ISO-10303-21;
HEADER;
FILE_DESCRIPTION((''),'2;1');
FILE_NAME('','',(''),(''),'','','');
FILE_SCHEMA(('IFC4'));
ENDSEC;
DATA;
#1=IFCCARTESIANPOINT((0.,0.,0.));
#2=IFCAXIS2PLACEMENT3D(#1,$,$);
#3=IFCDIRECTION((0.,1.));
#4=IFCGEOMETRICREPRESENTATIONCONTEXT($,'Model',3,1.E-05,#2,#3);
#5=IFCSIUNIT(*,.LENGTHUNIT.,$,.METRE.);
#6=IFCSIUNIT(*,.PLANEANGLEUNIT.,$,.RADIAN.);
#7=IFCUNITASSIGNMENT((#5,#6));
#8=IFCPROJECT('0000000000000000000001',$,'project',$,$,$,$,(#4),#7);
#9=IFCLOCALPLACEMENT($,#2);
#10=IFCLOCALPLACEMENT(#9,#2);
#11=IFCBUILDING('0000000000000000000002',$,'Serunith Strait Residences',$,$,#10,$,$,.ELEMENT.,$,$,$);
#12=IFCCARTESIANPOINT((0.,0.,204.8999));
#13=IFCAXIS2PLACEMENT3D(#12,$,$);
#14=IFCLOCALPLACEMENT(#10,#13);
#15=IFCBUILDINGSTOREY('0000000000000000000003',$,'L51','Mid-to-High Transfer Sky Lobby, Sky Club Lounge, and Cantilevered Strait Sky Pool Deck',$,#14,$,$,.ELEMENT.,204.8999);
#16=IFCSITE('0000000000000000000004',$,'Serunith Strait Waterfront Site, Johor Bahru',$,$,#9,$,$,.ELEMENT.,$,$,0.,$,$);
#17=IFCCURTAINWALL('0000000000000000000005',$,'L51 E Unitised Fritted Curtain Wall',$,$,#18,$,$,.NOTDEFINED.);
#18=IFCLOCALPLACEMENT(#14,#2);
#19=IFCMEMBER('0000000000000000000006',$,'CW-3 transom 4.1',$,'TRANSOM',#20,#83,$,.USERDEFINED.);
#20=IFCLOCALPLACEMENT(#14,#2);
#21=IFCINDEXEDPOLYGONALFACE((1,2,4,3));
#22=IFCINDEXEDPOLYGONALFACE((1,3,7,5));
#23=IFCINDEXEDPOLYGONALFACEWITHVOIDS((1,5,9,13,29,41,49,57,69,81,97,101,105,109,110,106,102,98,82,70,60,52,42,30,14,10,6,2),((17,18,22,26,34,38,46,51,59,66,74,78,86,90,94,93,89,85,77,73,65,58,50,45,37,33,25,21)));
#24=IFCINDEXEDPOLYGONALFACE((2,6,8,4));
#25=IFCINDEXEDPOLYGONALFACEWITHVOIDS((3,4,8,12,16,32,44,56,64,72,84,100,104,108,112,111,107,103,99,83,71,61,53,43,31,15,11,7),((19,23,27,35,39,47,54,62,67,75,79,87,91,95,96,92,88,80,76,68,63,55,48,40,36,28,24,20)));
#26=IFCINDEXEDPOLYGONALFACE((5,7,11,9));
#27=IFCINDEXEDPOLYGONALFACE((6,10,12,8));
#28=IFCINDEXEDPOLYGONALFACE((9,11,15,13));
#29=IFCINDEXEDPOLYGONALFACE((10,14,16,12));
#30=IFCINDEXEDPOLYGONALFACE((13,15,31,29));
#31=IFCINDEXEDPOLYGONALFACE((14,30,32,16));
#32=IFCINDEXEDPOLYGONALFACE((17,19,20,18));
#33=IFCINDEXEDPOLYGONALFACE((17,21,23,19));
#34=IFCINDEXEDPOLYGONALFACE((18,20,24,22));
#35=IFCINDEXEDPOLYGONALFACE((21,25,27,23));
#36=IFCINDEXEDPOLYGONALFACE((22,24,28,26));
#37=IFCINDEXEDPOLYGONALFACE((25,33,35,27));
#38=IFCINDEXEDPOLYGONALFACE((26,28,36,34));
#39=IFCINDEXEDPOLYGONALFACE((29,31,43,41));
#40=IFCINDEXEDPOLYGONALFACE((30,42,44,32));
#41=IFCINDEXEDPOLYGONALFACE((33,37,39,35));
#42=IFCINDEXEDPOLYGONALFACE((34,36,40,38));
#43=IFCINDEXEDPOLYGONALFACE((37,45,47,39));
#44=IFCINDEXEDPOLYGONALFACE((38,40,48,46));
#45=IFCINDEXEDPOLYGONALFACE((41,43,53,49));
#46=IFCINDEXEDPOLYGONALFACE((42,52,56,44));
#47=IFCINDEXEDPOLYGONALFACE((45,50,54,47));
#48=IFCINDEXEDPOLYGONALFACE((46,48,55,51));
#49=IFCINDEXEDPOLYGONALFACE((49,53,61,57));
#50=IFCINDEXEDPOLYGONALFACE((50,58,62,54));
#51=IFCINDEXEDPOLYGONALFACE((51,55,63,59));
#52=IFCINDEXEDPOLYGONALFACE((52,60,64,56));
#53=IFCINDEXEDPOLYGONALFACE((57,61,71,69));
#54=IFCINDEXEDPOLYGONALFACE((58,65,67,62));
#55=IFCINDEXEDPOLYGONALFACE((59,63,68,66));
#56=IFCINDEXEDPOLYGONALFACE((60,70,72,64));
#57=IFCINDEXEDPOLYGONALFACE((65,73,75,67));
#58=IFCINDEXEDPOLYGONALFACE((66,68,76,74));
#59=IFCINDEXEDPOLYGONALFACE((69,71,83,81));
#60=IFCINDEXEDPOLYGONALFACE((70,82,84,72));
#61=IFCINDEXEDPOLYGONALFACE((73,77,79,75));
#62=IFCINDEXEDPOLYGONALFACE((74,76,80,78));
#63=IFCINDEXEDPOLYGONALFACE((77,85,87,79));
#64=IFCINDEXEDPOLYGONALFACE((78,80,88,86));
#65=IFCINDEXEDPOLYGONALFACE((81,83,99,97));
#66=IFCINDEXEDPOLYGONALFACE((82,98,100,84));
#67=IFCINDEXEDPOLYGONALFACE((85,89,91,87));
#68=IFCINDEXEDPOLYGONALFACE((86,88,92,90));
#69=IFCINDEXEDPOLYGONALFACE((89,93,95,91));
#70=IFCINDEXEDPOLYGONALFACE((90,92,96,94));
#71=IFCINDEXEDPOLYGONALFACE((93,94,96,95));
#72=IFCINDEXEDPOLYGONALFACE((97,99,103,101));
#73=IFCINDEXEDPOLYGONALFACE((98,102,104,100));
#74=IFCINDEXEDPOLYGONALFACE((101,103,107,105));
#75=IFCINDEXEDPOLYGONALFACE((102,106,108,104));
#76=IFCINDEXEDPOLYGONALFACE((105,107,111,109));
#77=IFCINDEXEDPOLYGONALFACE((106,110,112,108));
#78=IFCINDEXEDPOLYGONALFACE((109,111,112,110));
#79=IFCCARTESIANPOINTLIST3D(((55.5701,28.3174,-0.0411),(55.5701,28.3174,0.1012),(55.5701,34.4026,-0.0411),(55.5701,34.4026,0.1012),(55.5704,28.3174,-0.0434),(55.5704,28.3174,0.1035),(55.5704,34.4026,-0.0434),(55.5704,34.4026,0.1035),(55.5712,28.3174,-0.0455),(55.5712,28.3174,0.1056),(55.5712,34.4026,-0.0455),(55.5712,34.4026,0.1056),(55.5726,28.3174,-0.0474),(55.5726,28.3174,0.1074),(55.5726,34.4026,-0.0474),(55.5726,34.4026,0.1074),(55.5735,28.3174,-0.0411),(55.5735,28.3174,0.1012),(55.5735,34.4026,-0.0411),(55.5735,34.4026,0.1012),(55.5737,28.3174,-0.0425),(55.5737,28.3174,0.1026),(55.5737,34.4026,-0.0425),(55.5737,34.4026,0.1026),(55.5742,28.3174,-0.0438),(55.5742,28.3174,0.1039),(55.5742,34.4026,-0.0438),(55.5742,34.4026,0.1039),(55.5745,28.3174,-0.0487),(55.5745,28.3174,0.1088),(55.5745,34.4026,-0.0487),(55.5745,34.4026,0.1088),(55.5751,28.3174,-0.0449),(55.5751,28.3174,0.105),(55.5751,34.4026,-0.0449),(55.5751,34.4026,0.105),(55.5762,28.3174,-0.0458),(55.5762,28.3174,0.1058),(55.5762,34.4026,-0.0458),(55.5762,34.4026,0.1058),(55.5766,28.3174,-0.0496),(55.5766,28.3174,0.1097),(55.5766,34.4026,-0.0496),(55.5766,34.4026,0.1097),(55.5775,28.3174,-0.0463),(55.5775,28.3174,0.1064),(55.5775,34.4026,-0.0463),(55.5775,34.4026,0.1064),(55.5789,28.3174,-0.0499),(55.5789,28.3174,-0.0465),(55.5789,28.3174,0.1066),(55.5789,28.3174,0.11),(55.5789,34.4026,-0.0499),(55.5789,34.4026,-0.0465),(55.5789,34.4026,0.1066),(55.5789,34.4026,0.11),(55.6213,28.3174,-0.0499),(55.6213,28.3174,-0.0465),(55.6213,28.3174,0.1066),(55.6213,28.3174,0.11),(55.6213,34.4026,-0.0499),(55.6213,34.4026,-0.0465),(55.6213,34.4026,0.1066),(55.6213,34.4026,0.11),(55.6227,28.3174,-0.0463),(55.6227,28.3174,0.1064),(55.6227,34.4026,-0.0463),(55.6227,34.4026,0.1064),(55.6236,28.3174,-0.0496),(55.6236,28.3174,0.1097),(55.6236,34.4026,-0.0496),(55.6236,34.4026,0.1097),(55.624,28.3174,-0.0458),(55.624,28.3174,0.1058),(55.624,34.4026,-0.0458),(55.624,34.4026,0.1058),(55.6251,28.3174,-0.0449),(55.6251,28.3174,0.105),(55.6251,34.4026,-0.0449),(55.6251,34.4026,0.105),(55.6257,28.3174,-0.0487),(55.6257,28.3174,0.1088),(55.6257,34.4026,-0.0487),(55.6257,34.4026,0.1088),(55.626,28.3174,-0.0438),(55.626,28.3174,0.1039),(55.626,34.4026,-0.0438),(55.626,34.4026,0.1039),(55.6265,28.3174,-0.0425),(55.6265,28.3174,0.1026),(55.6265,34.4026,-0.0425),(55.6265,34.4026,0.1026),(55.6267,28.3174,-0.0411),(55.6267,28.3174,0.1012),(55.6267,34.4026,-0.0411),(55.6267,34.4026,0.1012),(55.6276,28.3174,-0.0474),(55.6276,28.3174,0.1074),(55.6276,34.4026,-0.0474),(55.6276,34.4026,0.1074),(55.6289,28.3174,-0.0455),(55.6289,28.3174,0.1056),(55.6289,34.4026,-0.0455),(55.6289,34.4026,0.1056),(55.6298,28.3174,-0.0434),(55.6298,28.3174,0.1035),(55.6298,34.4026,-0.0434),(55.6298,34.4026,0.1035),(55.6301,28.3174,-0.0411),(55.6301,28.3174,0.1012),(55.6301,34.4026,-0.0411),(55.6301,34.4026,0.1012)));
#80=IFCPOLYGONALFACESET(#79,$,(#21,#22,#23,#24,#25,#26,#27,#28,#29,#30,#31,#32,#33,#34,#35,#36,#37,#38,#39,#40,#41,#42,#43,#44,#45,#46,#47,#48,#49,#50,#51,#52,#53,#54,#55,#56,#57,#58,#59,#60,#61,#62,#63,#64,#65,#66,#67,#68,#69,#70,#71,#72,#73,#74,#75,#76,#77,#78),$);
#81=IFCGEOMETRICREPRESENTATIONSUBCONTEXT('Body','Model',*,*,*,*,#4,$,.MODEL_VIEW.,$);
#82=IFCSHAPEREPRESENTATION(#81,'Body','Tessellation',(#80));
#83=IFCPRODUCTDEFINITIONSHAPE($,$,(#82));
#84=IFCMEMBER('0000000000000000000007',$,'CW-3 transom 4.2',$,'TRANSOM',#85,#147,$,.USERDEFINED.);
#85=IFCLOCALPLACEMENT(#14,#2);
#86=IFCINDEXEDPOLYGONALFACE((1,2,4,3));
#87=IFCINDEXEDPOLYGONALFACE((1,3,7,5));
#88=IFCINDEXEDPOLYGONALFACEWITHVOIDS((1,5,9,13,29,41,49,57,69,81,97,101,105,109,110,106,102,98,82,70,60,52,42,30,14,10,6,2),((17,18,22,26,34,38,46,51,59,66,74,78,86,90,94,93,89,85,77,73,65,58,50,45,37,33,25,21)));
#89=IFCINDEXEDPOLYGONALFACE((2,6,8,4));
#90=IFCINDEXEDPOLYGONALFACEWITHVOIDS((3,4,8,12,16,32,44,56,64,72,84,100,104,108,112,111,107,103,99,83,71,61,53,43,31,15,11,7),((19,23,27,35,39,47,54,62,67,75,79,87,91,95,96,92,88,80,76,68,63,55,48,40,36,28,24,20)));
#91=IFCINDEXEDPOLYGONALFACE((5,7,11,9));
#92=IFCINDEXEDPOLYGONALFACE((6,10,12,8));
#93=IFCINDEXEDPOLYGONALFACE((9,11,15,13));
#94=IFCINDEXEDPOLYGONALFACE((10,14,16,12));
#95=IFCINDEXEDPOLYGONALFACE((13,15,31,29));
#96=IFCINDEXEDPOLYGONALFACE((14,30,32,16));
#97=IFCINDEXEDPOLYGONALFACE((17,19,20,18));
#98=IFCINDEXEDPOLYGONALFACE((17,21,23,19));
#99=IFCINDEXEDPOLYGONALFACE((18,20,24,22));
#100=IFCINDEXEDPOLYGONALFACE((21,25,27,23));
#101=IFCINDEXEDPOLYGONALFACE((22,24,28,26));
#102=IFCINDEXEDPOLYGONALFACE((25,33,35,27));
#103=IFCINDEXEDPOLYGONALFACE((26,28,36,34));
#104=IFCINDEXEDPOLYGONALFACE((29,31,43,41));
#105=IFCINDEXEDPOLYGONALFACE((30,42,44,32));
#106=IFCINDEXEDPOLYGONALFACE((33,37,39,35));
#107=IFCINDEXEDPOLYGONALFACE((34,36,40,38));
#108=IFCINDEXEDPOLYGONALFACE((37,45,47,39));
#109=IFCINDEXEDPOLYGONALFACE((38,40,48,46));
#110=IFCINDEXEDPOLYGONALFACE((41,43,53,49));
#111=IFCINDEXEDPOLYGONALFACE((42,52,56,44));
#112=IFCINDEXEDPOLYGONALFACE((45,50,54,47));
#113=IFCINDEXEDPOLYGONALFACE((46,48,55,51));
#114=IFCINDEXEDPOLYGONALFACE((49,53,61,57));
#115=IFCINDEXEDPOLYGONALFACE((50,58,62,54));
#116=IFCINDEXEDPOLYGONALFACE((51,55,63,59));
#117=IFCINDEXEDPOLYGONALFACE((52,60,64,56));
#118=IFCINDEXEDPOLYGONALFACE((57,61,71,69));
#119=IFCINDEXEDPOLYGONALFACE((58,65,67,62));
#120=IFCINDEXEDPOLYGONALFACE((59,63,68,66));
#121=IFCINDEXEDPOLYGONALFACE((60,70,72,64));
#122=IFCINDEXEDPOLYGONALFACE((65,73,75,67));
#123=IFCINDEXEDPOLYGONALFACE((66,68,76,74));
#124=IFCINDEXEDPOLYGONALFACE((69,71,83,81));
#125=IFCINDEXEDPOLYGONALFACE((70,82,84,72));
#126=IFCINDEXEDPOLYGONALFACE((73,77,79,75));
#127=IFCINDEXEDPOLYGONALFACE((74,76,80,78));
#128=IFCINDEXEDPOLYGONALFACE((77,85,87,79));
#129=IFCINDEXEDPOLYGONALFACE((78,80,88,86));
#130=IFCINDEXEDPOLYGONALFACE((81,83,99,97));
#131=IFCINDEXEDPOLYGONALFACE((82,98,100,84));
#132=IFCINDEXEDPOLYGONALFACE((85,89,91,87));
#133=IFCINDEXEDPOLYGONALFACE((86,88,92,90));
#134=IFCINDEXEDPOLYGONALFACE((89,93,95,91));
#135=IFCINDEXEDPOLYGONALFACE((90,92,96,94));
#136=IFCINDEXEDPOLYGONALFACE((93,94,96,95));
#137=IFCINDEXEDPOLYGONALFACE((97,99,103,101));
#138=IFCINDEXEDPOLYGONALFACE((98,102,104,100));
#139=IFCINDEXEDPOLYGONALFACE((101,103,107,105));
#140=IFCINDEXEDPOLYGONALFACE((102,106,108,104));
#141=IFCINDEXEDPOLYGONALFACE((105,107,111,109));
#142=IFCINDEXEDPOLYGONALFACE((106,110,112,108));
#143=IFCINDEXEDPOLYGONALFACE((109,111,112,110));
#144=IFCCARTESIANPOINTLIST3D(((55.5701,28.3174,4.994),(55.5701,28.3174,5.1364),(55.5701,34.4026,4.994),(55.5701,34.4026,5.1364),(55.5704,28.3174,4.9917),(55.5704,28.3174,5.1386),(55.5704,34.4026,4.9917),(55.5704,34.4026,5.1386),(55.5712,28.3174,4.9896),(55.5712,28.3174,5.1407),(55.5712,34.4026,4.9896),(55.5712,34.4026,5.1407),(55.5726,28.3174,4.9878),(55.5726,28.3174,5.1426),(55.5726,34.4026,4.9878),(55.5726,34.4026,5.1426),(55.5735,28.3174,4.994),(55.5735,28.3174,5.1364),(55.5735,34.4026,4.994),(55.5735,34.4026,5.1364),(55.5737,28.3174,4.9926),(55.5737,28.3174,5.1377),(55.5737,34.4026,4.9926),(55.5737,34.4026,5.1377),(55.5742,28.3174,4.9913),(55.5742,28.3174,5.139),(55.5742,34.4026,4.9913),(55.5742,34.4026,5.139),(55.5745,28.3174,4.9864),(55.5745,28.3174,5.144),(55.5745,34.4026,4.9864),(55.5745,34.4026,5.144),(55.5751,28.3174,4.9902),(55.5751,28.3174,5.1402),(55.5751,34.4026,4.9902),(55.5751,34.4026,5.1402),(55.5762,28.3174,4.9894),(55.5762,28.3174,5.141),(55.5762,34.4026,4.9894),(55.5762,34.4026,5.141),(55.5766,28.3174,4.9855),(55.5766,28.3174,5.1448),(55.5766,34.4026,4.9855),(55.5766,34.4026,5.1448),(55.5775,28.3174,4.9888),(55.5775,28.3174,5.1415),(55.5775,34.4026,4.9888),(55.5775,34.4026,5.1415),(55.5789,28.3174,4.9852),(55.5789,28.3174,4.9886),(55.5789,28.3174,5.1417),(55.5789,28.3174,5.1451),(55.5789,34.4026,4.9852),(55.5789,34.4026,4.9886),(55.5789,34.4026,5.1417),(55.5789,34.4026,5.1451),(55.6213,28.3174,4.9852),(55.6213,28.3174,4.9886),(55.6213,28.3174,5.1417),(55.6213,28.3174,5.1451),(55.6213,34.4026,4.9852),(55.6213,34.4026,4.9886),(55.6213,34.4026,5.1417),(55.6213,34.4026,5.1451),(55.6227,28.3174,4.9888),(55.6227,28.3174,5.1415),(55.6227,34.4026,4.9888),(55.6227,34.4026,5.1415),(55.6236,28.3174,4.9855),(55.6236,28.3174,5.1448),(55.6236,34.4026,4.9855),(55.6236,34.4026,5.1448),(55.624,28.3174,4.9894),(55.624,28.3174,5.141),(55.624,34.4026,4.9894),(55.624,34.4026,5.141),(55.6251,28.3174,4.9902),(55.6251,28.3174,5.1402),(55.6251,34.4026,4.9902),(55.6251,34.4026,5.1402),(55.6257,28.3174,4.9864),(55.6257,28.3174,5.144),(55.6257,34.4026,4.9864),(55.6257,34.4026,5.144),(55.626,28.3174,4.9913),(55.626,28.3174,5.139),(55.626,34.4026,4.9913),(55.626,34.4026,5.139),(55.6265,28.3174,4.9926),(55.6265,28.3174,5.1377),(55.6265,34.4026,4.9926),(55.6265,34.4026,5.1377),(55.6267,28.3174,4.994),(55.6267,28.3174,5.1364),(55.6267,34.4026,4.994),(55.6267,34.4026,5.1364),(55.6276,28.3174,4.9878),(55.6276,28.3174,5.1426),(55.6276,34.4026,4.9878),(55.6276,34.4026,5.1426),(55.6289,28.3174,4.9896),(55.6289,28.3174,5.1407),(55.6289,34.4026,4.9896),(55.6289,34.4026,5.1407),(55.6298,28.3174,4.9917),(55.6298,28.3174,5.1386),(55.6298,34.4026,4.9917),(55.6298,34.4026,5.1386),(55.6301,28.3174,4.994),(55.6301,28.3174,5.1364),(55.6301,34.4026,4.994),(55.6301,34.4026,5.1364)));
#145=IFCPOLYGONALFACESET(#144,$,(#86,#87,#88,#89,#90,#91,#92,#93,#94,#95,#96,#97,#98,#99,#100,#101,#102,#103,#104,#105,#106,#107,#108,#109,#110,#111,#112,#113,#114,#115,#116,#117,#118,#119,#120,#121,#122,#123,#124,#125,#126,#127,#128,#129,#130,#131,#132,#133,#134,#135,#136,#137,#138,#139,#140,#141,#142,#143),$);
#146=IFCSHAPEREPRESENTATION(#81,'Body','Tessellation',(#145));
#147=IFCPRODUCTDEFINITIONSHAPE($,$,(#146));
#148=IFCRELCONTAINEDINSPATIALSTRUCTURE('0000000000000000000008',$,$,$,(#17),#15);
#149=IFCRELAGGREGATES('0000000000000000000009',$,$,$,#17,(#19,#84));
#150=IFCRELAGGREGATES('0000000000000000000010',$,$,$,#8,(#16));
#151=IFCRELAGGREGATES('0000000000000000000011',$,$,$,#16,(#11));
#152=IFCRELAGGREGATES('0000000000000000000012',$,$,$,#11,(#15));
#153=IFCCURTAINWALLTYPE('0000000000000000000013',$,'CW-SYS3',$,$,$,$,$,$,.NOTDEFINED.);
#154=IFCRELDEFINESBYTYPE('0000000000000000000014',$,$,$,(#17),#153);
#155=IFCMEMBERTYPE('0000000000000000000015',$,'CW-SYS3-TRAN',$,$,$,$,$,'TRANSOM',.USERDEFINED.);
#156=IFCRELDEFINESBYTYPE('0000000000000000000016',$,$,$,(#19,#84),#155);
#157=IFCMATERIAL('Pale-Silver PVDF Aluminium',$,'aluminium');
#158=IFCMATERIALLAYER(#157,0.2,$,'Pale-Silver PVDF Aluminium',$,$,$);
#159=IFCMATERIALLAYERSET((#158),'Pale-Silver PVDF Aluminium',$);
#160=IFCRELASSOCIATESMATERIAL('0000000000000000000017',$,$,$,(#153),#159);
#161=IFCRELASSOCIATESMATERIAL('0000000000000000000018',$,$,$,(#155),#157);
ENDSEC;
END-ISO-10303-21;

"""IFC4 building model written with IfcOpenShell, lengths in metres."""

from ifc_helpers import new_model, si_unit, direction, frame, origin, origin_2d, place, context, subcontext, project, spatial, hollow_rectangle, extrude, source, transform, mapped, material, layer, layer_set, material_profile, profile_set, type_object, element, aggregate, save


model = new_model("IFC4")

# Units and contexts
model_context = context("Model", 3, precision=1e-05, world=origin(), true_north=direction((0.0, 1.0)))
body_context = subcontext(model_context, "Body", "Model", "MODEL_VIEW")
ifc_project = project(units=[si_unit("LENGTHUNIT", "METRE"), si_unit("PLANEANGLEUNIT", "RADIAN")], contexts=[model_context])

# Site, building, storey
site_placement = place(None, origin())
site = spatial("IfcSite", under=ifc_project, at=site_placement, Name="Serunith Strait Waterfront Site, Johor Bahru", CompositionType="ELEMENT", RefElevation=0.0)
building_placement = place(site_placement, origin())
building = spatial("IfcBuilding", under=site, at=building_placement, Name="Serunith Strait Residences", CompositionType="ELEMENT")
storey_placement = place(building_placement, frame((0.0, 0.0, 204.8999)))
storey = spatial("IfcBuildingStorey", under=building, at=storey_placement, Name="L51", Description="Mid-to-High Transfer Sky Lobby, Sky Club Lounge, and Cantilevered Strait Sky Pool Deck", CompositionType="ELEMENT", Elevation=204.8999)

# Curtain wall, members
ifc_material_1 = material(Name="Pale-Silver PVDF Aluminium", Category="aluminium")
ifc_layer_1 = layer(ifc_material_1, 0.2, Name="Pale-Silver PVDF Aluminium")
ifc_layer_set_1 = layer_set([ifc_layer_1], Name="Pale-Silver PVDF Aluminium")
curtain_wall_type = type_object("IfcCurtainWallType", Name="CW-SYS3", PredefinedType="NOTDEFINED", material=ifc_layer_set_1)
curtain_wall_placement = place(storey_placement, origin())
curtain_wall = element("IfcCurtainWall", 1, at=curtain_wall_placement, inside=storey, type_object=curtain_wall_type, Name="L51 E Unitised Fritted Curtain Wall", PredefinedType="NOTDEFINED")
ifc_material_profile_1 = material_profile(ifc_material_1, hollow_rectangle(XDim=0.0601, YDim=0.1599, WallThickness=0.0034, InnerFilletRadius=0.0054, OuterFilletRadius=0.0088, at=origin_2d()), Name="ALU 160x60x3.5")
ifc_profile_set_1 = profile_set([ifc_material_profile_1], Name="Pale-Silver PVDF Aluminium")
member_type_1 = type_object("IfcMemberType", Name="CW-SYS3-TRAN", ElementType="TRANSOM", PredefinedType="USERDEFINED", material=ifc_profile_set_1)
shared_shape_1 = source(origin(), body_context, "Body", "SweptSolid", [
    extrude(hollow_rectangle(XDim=0.0601, YDim=0.1599, WallThickness=0.0034, InnerFilletRadius=0.0054, OuterFilletRadius=0.0088, at=origin_2d()), origin(), (0.0, 0.0, 1.0), 6.0852),
])
member_1_placement = place(storey_placement, frame((55.6001, 28.3174, 0.03), z_axis=(0.0, 1.0, 0.0), x_axis=(-1.0, 0.0, 0.0)))
member_1 = element("IfcMember", 2, at=member_1_placement, type_object=member_type_1, Name="CW-3 transom 4.1", ObjectType="TRANSOM", PredefinedType="USERDEFINED", context=body_context, shape_type="MappedRepresentation", body=[
    mapped(shared_shape_1, transform((0.0, 0.0, 0.0), scale=1.0)),
])
member_2_placement = place(storey_placement, frame((55.6001, 28.3174, 5.0652), z_axis=(0.0, 1.0, 0.0), x_axis=(-1.0, 0.0, 0.0)))
member_2 = element("IfcMember", 3, at=member_2_placement, type_object=member_type_1, Name="CW-3 transom 4.2", ObjectType="TRANSOM", PredefinedType="USERDEFINED", context=body_context, shape_type="MappedRepresentation", body=[
    mapped(shared_shape_1, transform((0.0, 0.0, 0.0), scale=1.0)),
])
aggregate(curtain_wall, [member_1, member_2])

save(model, "model.ifc")
